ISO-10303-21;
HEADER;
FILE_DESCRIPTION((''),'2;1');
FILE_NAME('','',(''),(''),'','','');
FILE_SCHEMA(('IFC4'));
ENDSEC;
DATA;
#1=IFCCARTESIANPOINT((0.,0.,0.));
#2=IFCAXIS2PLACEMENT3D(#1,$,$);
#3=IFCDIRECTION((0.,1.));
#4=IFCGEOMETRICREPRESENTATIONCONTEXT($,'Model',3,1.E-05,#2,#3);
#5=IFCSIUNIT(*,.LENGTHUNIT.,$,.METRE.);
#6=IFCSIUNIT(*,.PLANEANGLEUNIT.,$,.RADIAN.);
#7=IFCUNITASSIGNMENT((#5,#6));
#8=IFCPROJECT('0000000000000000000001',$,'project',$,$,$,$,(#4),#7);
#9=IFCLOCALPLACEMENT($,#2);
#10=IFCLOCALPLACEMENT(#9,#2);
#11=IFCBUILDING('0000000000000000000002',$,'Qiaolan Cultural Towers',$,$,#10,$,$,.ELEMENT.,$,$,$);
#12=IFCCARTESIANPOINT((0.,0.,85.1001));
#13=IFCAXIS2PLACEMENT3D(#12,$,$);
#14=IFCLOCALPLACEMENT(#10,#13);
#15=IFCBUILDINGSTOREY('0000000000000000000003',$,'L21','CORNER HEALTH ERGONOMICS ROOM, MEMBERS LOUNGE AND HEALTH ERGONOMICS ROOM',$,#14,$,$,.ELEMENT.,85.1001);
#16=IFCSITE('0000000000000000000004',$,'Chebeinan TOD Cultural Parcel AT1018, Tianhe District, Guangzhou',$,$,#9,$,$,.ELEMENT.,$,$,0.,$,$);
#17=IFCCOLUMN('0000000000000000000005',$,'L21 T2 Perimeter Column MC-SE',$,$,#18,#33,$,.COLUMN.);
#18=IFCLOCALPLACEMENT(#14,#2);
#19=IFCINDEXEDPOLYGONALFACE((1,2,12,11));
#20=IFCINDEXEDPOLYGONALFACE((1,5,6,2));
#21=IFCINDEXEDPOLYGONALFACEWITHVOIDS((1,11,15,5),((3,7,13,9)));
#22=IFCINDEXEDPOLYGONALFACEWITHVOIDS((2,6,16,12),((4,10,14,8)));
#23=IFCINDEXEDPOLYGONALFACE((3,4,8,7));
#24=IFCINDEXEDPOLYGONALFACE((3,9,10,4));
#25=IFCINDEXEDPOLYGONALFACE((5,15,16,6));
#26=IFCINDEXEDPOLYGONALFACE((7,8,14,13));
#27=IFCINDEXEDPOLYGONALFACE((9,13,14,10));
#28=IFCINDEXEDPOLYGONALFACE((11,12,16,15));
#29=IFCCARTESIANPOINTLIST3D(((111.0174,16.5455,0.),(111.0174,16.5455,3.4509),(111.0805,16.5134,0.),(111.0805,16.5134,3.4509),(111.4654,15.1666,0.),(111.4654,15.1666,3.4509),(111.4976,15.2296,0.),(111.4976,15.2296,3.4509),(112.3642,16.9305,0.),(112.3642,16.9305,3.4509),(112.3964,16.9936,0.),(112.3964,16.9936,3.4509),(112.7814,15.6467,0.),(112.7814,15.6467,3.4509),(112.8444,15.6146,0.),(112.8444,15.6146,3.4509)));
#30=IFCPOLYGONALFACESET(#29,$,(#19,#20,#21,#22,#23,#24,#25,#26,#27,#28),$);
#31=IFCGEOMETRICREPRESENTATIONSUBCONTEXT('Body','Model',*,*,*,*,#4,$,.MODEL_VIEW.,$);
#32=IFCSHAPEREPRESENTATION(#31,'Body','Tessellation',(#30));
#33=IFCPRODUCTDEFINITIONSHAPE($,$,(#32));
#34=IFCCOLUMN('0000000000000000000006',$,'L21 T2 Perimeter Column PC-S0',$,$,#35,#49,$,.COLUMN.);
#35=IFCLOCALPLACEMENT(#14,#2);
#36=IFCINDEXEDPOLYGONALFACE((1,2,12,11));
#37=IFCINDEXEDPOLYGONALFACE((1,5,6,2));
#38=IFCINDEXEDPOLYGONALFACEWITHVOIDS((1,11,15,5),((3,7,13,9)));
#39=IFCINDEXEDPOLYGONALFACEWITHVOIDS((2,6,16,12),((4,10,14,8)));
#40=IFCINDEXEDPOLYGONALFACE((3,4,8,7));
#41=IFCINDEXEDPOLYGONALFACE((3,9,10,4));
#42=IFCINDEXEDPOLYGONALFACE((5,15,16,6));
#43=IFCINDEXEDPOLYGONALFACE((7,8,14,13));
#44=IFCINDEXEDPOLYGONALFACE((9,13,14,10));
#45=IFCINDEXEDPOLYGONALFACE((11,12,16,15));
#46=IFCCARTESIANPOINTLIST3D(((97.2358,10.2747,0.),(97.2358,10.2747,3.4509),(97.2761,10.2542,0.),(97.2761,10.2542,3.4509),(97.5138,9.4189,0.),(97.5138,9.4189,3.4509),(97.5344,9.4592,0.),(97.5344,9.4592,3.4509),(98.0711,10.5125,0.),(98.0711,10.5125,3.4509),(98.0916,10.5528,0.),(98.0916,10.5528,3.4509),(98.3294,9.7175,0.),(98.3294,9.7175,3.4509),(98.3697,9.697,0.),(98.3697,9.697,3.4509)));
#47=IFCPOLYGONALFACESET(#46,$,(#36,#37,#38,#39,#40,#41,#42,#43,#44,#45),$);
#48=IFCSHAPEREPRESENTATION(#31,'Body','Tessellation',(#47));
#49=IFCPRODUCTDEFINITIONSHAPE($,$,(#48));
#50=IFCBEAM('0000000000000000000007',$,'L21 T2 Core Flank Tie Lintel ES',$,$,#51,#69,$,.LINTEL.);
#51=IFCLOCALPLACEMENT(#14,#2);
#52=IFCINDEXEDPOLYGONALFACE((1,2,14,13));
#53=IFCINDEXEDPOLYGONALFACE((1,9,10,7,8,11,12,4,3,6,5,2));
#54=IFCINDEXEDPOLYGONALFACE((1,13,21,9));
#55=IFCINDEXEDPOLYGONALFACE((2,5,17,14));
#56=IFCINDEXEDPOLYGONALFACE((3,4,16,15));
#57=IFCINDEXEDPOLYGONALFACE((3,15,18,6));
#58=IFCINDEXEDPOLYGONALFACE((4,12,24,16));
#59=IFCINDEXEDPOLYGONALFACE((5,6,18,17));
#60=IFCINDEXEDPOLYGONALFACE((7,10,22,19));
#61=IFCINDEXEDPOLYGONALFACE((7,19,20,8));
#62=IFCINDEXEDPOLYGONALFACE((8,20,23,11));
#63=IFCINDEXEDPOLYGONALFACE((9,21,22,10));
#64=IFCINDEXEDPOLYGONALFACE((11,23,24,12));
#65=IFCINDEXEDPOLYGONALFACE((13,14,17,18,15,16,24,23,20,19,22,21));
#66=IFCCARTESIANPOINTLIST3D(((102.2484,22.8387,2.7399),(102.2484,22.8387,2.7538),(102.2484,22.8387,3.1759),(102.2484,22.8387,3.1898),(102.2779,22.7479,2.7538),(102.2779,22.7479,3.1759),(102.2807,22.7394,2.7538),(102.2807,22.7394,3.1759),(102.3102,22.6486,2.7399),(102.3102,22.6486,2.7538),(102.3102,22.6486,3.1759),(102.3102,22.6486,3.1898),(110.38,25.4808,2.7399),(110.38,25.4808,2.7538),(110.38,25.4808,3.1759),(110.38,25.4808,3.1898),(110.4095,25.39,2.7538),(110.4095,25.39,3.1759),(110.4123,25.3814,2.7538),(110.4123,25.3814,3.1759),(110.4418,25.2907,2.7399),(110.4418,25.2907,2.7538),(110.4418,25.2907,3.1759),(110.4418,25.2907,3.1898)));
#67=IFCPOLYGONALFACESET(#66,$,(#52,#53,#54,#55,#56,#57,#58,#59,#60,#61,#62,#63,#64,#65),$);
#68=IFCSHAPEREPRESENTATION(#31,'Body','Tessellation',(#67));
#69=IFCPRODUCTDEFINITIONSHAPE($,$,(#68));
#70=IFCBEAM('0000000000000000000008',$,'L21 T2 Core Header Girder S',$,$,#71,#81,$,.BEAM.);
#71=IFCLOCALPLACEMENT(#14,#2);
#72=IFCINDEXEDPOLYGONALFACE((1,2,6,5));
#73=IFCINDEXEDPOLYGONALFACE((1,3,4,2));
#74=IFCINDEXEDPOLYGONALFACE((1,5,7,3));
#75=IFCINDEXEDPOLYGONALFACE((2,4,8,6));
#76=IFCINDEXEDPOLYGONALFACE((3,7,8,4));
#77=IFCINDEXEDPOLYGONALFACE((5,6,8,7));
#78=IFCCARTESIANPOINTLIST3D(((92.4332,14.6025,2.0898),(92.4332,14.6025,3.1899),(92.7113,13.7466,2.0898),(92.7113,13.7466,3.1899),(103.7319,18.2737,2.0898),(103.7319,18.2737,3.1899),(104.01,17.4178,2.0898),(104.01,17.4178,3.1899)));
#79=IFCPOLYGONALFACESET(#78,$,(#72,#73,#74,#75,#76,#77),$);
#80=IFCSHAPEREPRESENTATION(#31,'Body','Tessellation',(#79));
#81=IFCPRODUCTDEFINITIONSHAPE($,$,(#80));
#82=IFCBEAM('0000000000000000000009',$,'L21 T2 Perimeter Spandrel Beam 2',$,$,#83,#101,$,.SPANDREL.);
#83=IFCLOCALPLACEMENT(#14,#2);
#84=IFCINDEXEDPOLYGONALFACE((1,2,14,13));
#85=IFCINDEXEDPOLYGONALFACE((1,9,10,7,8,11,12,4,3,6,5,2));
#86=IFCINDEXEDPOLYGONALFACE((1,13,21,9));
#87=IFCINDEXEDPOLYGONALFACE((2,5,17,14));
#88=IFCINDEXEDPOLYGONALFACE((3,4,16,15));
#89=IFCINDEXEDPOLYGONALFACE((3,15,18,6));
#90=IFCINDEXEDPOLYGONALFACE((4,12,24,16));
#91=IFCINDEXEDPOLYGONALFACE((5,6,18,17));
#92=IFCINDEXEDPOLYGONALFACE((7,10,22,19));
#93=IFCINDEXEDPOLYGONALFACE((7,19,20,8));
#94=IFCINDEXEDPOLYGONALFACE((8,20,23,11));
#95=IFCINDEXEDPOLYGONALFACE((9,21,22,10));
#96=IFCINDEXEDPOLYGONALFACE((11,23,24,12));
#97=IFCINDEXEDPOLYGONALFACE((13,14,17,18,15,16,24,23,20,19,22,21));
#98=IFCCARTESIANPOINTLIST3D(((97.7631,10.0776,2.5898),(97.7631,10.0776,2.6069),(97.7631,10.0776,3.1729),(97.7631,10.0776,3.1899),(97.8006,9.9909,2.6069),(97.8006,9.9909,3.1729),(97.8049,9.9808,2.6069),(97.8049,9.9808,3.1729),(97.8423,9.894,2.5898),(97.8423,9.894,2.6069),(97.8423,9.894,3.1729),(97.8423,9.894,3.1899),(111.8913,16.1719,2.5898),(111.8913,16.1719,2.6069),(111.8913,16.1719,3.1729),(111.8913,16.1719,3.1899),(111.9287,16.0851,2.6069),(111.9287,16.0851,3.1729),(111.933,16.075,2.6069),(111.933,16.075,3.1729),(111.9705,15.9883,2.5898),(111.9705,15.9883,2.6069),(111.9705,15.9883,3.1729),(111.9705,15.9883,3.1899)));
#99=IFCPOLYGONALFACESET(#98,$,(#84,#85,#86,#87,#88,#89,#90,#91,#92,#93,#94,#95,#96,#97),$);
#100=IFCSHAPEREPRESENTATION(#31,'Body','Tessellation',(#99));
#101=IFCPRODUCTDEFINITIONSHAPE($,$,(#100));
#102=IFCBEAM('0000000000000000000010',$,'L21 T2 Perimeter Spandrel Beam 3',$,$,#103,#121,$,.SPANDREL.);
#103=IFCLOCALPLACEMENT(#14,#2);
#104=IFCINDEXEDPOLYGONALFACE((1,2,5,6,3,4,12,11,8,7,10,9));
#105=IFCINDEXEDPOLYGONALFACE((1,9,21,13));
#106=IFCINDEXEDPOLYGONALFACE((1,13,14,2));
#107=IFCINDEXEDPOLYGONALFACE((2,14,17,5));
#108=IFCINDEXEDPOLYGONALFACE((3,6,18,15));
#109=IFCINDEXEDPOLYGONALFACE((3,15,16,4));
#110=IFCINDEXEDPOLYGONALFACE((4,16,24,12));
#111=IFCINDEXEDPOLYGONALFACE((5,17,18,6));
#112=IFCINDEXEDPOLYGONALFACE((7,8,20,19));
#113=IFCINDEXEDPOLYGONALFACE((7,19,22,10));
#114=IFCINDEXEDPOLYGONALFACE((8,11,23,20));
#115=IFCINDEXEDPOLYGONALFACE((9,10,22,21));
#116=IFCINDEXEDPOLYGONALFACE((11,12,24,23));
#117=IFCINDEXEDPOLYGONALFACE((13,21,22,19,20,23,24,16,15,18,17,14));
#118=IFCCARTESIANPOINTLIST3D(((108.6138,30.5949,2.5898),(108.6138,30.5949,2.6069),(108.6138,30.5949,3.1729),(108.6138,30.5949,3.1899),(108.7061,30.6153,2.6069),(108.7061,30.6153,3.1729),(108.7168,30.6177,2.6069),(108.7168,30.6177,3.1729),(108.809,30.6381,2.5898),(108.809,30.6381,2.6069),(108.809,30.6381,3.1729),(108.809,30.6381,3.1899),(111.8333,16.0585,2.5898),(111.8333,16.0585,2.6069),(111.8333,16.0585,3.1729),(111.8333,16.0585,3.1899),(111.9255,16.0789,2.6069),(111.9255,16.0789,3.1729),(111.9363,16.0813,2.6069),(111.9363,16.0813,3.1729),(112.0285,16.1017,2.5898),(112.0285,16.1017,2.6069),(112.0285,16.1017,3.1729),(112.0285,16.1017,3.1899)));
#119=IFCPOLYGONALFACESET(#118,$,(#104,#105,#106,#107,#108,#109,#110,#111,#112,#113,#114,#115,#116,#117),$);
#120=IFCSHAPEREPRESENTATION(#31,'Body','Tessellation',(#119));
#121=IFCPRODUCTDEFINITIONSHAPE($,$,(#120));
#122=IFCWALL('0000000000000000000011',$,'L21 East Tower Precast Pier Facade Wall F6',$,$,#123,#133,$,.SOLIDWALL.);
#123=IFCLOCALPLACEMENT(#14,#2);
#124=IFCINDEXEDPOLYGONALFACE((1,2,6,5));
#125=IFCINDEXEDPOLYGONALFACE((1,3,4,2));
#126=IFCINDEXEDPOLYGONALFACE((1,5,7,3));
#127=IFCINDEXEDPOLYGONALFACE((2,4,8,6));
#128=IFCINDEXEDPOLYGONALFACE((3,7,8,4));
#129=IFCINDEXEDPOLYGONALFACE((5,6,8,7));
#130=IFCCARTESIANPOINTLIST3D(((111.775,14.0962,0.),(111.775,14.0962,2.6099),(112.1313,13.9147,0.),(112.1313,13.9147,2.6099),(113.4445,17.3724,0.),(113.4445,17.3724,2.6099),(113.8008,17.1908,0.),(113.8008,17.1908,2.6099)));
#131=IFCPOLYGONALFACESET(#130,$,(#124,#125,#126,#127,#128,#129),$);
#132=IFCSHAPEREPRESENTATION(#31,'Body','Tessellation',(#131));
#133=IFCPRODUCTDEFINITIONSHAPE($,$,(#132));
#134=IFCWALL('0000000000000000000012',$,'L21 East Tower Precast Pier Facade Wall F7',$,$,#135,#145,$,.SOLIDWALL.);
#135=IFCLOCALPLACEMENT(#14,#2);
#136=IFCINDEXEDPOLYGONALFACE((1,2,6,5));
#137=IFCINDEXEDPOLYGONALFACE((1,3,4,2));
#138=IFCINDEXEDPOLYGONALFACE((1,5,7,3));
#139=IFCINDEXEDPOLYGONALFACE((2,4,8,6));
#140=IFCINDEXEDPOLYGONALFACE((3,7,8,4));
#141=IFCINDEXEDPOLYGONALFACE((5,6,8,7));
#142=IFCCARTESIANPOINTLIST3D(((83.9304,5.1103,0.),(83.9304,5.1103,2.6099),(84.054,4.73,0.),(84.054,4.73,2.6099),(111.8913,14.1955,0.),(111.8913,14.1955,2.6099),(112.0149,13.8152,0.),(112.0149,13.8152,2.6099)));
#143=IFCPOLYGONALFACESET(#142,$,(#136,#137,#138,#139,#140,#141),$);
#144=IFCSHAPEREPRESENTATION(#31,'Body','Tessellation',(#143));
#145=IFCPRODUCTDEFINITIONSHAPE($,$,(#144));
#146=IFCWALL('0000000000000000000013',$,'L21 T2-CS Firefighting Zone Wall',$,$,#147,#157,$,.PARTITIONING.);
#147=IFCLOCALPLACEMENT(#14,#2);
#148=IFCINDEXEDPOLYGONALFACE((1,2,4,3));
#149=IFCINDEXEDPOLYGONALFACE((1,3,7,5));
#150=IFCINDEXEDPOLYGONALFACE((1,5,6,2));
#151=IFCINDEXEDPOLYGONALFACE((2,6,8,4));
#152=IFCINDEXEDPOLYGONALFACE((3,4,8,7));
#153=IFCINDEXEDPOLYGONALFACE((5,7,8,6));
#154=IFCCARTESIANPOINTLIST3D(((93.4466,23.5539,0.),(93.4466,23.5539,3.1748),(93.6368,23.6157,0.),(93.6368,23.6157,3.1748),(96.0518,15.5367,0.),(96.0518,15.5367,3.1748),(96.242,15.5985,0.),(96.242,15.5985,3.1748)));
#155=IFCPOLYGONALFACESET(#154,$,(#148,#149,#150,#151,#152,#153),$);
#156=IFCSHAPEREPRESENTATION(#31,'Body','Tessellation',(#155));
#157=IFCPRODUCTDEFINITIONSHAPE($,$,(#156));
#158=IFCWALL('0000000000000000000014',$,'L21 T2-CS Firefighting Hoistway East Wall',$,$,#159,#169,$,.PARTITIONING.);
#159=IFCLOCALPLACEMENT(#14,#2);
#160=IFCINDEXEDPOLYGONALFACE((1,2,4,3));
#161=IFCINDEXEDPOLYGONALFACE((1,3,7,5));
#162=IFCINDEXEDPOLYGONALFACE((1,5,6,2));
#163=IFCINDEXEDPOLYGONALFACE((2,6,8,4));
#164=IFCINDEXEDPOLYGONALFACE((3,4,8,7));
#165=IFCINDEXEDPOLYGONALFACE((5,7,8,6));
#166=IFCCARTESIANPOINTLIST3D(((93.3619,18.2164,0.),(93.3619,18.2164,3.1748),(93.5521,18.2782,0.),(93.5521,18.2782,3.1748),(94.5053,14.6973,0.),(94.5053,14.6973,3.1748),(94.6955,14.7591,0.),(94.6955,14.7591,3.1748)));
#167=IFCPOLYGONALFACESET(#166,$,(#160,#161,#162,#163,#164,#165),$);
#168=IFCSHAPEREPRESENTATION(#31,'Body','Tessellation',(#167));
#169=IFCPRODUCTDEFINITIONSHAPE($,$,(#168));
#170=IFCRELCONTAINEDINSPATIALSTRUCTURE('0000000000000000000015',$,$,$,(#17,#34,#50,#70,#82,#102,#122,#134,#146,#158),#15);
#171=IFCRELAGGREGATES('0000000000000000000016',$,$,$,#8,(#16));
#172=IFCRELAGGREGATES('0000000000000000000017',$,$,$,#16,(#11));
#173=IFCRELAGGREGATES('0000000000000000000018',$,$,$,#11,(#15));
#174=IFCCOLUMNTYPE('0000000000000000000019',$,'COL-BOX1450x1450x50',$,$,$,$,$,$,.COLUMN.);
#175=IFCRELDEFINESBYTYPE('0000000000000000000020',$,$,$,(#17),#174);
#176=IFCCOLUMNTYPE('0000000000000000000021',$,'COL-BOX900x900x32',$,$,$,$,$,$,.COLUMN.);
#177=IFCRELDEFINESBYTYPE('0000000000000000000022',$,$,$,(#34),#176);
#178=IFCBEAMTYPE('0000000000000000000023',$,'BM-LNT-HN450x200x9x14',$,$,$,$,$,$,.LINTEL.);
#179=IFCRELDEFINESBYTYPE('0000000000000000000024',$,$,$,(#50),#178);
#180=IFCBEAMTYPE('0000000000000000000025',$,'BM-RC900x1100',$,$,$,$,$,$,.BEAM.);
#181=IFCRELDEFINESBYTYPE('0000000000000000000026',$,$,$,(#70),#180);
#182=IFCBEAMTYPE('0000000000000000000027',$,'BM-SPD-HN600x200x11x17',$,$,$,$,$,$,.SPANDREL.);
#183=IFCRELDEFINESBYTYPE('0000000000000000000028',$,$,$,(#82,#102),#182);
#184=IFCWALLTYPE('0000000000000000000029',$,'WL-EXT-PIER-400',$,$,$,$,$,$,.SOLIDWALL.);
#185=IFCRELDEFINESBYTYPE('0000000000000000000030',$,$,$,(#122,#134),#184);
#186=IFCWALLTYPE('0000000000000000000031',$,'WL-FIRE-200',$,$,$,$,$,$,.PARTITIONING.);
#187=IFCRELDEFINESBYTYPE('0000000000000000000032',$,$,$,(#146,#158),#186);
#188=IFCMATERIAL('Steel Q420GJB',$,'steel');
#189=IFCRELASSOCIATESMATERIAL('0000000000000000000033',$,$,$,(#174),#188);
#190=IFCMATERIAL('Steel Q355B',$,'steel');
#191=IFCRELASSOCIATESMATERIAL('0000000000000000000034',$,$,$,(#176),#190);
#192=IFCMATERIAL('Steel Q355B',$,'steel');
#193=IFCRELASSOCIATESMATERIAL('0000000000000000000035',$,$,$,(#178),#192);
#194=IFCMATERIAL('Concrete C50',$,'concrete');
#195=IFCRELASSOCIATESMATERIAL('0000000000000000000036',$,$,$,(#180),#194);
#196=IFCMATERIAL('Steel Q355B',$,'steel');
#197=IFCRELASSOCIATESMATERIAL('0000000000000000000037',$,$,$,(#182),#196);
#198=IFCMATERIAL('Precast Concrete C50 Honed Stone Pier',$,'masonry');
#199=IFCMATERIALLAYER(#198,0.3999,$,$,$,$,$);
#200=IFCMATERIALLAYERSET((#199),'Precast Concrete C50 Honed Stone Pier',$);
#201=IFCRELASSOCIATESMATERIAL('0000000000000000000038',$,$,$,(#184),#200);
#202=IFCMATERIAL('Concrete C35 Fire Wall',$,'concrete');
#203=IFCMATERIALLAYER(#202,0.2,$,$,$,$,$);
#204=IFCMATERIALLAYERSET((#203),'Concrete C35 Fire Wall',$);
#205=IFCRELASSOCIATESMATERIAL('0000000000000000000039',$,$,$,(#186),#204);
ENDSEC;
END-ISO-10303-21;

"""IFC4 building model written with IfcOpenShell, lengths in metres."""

from ifc_helpers import new_model, si_unit, direction, frame, frame_2d, origin, origin_2d, place, context, subcontext, project, spatial, rectangle, hollow_rectangle, i_section, extrude, material, layer, layer_set, material_profile, profile_set, type_object, element, save


model = new_model("IFC4")

# Units and contexts
model_context = context("Model", 3, precision=1e-05, world=origin(), true_north=direction((0.0, 1.0)))
body_context = subcontext(model_context, "Body", "Model", "MODEL_VIEW")
ifc_project = project(units=[si_unit("LENGTHUNIT", "METRE"), si_unit("PLANEANGLEUNIT", "RADIAN")], contexts=[model_context])

# Site, building, storey
site_placement = place(None, origin())
site = spatial("IfcSite", under=ifc_project, at=site_placement, Name="Chebeinan TOD Cultural Parcel AT1018, Tianhe District, Guangzhou", CompositionType="ELEMENT", RefElevation=0.0)
building_placement = place(site_placement, origin())
building = spatial("IfcBuilding", under=site, at=building_placement, Name="Qiaolan Cultural Towers", CompositionType="ELEMENT")
storey_placement = place(building_placement, frame((0.0, 0.0, 85.1001)))
storey = spatial("IfcBuildingStorey", under=building, at=storey_placement, Name="L21", Description="CORNER HEALTH ERGONOMICS ROOM, MEMBERS LOUNGE AND HEALTH ERGONOMICS ROOM", CompositionType="ELEMENT", Elevation=85.1001)

# Columns
ifc_material_1 = material(Name="Steel Q420GJB", Category="steel")
ifc_material_profile_1 = material_profile(ifc_material_1, hollow_rectangle(XDim=1.45, YDim=1.45, WallThickness=0.05, at=origin_2d()), Name="BOX1450x1450x50")
ifc_profile_set_1 = profile_set([ifc_material_profile_1], Name="Steel Q420GJB")
column_type_1 = type_object("IfcColumnType", Name="COL-BOX1450x1450x50", PredefinedType="COLUMN", material=ifc_profile_set_1)
column_1_placement = place(storey_placement, frame((111.9309, 16.0801, 0.0), z_axis=(0.0, 0.0, 1.0), x_axis=(0.951057, 0.309017, 0.0)))
element("IfcColumn", 1, at=column_1_placement, inside=storey, type_object=column_type_1, Name="L21 T2 Perimeter Column MC-SE", PredefinedType="COLUMN", context=body_context, shape_type="SweptSolid", body=[
    extrude(hollow_rectangle(XDim=1.45, YDim=1.45, WallThickness=0.05, at=origin_2d()), origin(), (0.0, 0.0, 1.0), 3.4509),
])
ifc_material_2 = material(Name="Steel Q355B", Category="steel")
ifc_material_profile_2 = material_profile(ifc_material_2, hollow_rectangle(XDim=0.8999, YDim=0.8999, WallThickness=0.032, at=origin_2d()), Name="BOX900x900x32")
ifc_profile_set_2 = profile_set([ifc_material_profile_2], Name="Steel Q355B")
column_type_2 = type_object("IfcColumnType", Name="COL-BOX900x900x32", PredefinedType="COLUMN", material=ifc_profile_set_2)
column_2_placement = place(storey_placement, frame((97.8027, 9.9858, 0.0), z_axis=(0.0, 0.0, 1.0), x_axis=(0.951057, 0.309017, 0.0)))
element("IfcColumn", 2, at=column_2_placement, inside=storey, type_object=column_type_2, Name="L21 T2 Perimeter Column PC-S0", PredefinedType="COLUMN", context=body_context, shape_type="SweptSolid", body=[
    extrude(hollow_rectangle(XDim=0.8999, YDim=0.8999, WallThickness=0.032, at=origin_2d()), origin(), (0.0, 0.0, 1.0), 3.4509),
])

# Beams
ifc_material_3 = material(Name="Steel Q355B", Category="steel")
ifc_material_profile_3 = material_profile(ifc_material_3, i_section(OverallWidth=0.2, OverallDepth=0.45, WebThickness=0.009, FlangeThickness=0.0139, at=origin_2d()), Name="HN450x200x9x14")
ifc_profile_set_3 = profile_set([ifc_material_profile_3], Name="Steel Q355B")
beam_type_1 = type_object("IfcBeamType", Name="BM-LNT-HN450x200x9x14", PredefinedType="LINTEL", material=ifc_profile_set_3)
beam_1_placement = place(storey_placement, frame((102.2793, 22.7437, 2.9648), z_axis=(0.951057, 0.309014, 0.0), x_axis=(-0.309014, 0.951057, 0.0)))
element("IfcBeam", 3, at=beam_1_placement, inside=storey, type_object=beam_type_1, Name="L21 T2 Core Flank Tie Lintel ES", PredefinedType="LINTEL", context=body_context, shape_type="SweptSolid", body=[
    extrude(i_section(OverallWidth=0.2, OverallDepth=0.45, WebThickness=0.009, FlangeThickness=0.0139, at=origin_2d()), origin(), (0.0, 0.0, 1.0), 8.55),
])
ifc_material_4 = material(Name="Concrete C50", Category="concrete")
ifc_material_profile_4 = material_profile(ifc_material_4, rectangle(XDim=0.8999, YDim=1.1001, at=origin_2d()), Name="RC900x1100")
ifc_profile_set_4 = profile_set([ifc_material_profile_4], Name="Concrete C50")
beam_type_2 = type_object("IfcBeamType", Name="BM-RC900x1100", PredefinedType="BEAM", material=ifc_profile_set_4)
beam_2_placement = place(storey_placement, frame((92.5723, 14.1746, 2.6399), z_axis=(0.951056, 0.309018, 0.0), x_axis=(-0.309018, 0.951056, 0.0)))
element("IfcBeam", 4, at=beam_2_placement, inside=storey, type_object=beam_type_2, Name="L21 T2 Core Header Girder S", PredefinedType="BEAM", context=body_context, shape_type="SweptSolid", body=[
    extrude(rectangle(XDim=0.8999, YDim=1.1001, at=origin_2d()), origin(), (0.0, 0.0, 1.0), 11.8801),
])
ifc_material_5 = material(Name="Steel Q355B", Category="steel")
ifc_material_profile_5 = material_profile(ifc_material_5, i_section(OverallWidth=0.2, OverallDepth=0.6001, WebThickness=0.011, FlangeThickness=0.0171, at=origin_2d()), Name="HN600x200x11x17")
ifc_profile_set_5 = profile_set([ifc_material_profile_5], Name="Steel Q355B")
beam_type_3 = type_object("IfcBeamType", Name="BM-SPD-HN600x200x11x17", PredefinedType="SPANDREL", material=ifc_profile_set_5)
beam_3_placement = place(storey_placement, frame((97.8027, 9.9858, 2.8899), z_axis=(0.918218, 0.396076, 0.0), x_axis=(-0.396076, 0.918218, 0.0)))
element("IfcBeam", 5, at=beam_3_placement, inside=storey, type_object=beam_type_3, Name="L21 T2 Perimeter Spandrel Beam 2", PredefinedType="SPANDREL", context=body_context, shape_type="SweptSolid", body=[
    extrude(i_section(OverallWidth=0.2, OverallDepth=0.6001, WebThickness=0.011, FlangeThickness=0.0171, at=origin_2d()), origin(), (0.0, 0.0, 1.0), 15.3865),
])
beam_4_placement = place(storey_placement, frame((111.9309, 16.0801, 2.8899), z_axis=(-0.216238, 0.976341, 0.0), x_axis=(-0.976341, -0.216238, 0.0)))
element("IfcBeam", 6, at=beam_4_placement, inside=storey, type_object=beam_type_3, Name="L21 T2 Perimeter Spandrel Beam 3", PredefinedType="SPANDREL", context=body_context, shape_type="SweptSolid", body=[
    extrude(i_section(OverallWidth=0.2, OverallDepth=0.6001, WebThickness=0.011, FlangeThickness=0.0171, at=origin_2d()), origin(), (0.0, 0.0, 1.0), 14.8887),
])

# Walls
ifc_material_6 = material(Name="Precast Concrete C50 Honed Stone Pier", Category="masonry")
ifc_layer_1 = layer(ifc_material_6, 0.3999)
ifc_layer_set_1 = layer_set([ifc_layer_1], Name="Precast Concrete C50 Honed Stone Pier")
wall_type_1 = type_object("IfcWallType", Name="WL-EXT-PIER-400", PredefinedType="SOLIDWALL", material=ifc_layer_set_1)
wall_1_placement = place(storey_placement, frame((113.6226, 17.2815, 0.0), z_axis=(0.0, 0.0, 1.0), x_axis=(-0.454026, -0.890988, 0.0)))
element("IfcWall", 7, at=wall_1_placement, inside=storey, type_object=wall_type_1, Name="L21 East Tower Precast Pier Facade Wall F6", PredefinedType="SOLIDWALL", context=body_context, shape_type="SweptSolid", body=[
    extrude(rectangle(XDim=3.677, YDim=0.3999, at=frame_2d((1.8384, 0.0))), origin(), (0.0, 0.0, 1.0), 2.6099),
])
wall_2_placement = place(storey_placement, frame((111.9531, 14.0054, 0.0), z_axis=(0.0, 0.0, 1.0), x_axis=(-0.951055, -0.309021, 0.0)))
element("IfcWall", 8, at=wall_2_placement, inside=storey, type_object=wall_type_1, Name="L21 East Tower Precast Pier Facade Wall F7", PredefinedType="SOLIDWALL", context=body_context, shape_type="SweptSolid", body=[
    extrude(rectangle(XDim=29.3999, YDim=0.3999, at=frame_2d((14.7, 0.0))), origin(), (0.0, 0.0, 1.0), 2.6099),
])
ifc_material_7 = material(Name="Concrete C35 Fire Wall", Category="concrete")
ifc_layer_2 = layer(ifc_material_7, 0.2)
ifc_layer_set_2 = layer_set([ifc_layer_2], Name="Concrete C35 Fire Wall")
wall_type_2 = type_object("IfcWallType", Name="WL-FIRE-200", PredefinedType="PARTITIONING", material=ifc_layer_set_2)
wall_3_placement = place(storey_placement, frame((93.5417, 23.5847, 0.0), z_axis=(0.0, 0.0, 1.0), x_axis=(0.309042, -0.951048, 0.0)))
element("IfcWall", 9, at=wall_3_placement, inside=storey, type_object=wall_type_2, Name="L21 T2-CS Firefighting Zone Wall", PredefinedType="PARTITIONING", context=body_context, shape_type="SweptSolid", body=[
    extrude(rectangle(XDim=8.4299, YDim=0.2, at=frame_2d((4.2148, 0.0))), origin(), (0.0, 0.0, 1.0), 3.1748),
])
wall_4_placement = place(storey_placement, frame((93.457, 18.2473, 0.0), z_axis=(0.0, 0.0, 1.0), x_axis=(0.308994, -0.951064, 0.0)))
element("IfcWall", 10, at=wall_4_placement, inside=storey, type_object=wall_type_2, Name="L21 T2-CS Firefighting Hoistway East Wall", PredefinedType="PARTITIONING", context=body_context, shape_type="SweptSolid", body=[
    extrude(rectangle(XDim=3.7002, YDim=0.2, at=frame_2d((1.8501, 0.0))), origin(), (0.0, 0.0, 1.0), 3.1748),
])

save(model, "model.ifc")
